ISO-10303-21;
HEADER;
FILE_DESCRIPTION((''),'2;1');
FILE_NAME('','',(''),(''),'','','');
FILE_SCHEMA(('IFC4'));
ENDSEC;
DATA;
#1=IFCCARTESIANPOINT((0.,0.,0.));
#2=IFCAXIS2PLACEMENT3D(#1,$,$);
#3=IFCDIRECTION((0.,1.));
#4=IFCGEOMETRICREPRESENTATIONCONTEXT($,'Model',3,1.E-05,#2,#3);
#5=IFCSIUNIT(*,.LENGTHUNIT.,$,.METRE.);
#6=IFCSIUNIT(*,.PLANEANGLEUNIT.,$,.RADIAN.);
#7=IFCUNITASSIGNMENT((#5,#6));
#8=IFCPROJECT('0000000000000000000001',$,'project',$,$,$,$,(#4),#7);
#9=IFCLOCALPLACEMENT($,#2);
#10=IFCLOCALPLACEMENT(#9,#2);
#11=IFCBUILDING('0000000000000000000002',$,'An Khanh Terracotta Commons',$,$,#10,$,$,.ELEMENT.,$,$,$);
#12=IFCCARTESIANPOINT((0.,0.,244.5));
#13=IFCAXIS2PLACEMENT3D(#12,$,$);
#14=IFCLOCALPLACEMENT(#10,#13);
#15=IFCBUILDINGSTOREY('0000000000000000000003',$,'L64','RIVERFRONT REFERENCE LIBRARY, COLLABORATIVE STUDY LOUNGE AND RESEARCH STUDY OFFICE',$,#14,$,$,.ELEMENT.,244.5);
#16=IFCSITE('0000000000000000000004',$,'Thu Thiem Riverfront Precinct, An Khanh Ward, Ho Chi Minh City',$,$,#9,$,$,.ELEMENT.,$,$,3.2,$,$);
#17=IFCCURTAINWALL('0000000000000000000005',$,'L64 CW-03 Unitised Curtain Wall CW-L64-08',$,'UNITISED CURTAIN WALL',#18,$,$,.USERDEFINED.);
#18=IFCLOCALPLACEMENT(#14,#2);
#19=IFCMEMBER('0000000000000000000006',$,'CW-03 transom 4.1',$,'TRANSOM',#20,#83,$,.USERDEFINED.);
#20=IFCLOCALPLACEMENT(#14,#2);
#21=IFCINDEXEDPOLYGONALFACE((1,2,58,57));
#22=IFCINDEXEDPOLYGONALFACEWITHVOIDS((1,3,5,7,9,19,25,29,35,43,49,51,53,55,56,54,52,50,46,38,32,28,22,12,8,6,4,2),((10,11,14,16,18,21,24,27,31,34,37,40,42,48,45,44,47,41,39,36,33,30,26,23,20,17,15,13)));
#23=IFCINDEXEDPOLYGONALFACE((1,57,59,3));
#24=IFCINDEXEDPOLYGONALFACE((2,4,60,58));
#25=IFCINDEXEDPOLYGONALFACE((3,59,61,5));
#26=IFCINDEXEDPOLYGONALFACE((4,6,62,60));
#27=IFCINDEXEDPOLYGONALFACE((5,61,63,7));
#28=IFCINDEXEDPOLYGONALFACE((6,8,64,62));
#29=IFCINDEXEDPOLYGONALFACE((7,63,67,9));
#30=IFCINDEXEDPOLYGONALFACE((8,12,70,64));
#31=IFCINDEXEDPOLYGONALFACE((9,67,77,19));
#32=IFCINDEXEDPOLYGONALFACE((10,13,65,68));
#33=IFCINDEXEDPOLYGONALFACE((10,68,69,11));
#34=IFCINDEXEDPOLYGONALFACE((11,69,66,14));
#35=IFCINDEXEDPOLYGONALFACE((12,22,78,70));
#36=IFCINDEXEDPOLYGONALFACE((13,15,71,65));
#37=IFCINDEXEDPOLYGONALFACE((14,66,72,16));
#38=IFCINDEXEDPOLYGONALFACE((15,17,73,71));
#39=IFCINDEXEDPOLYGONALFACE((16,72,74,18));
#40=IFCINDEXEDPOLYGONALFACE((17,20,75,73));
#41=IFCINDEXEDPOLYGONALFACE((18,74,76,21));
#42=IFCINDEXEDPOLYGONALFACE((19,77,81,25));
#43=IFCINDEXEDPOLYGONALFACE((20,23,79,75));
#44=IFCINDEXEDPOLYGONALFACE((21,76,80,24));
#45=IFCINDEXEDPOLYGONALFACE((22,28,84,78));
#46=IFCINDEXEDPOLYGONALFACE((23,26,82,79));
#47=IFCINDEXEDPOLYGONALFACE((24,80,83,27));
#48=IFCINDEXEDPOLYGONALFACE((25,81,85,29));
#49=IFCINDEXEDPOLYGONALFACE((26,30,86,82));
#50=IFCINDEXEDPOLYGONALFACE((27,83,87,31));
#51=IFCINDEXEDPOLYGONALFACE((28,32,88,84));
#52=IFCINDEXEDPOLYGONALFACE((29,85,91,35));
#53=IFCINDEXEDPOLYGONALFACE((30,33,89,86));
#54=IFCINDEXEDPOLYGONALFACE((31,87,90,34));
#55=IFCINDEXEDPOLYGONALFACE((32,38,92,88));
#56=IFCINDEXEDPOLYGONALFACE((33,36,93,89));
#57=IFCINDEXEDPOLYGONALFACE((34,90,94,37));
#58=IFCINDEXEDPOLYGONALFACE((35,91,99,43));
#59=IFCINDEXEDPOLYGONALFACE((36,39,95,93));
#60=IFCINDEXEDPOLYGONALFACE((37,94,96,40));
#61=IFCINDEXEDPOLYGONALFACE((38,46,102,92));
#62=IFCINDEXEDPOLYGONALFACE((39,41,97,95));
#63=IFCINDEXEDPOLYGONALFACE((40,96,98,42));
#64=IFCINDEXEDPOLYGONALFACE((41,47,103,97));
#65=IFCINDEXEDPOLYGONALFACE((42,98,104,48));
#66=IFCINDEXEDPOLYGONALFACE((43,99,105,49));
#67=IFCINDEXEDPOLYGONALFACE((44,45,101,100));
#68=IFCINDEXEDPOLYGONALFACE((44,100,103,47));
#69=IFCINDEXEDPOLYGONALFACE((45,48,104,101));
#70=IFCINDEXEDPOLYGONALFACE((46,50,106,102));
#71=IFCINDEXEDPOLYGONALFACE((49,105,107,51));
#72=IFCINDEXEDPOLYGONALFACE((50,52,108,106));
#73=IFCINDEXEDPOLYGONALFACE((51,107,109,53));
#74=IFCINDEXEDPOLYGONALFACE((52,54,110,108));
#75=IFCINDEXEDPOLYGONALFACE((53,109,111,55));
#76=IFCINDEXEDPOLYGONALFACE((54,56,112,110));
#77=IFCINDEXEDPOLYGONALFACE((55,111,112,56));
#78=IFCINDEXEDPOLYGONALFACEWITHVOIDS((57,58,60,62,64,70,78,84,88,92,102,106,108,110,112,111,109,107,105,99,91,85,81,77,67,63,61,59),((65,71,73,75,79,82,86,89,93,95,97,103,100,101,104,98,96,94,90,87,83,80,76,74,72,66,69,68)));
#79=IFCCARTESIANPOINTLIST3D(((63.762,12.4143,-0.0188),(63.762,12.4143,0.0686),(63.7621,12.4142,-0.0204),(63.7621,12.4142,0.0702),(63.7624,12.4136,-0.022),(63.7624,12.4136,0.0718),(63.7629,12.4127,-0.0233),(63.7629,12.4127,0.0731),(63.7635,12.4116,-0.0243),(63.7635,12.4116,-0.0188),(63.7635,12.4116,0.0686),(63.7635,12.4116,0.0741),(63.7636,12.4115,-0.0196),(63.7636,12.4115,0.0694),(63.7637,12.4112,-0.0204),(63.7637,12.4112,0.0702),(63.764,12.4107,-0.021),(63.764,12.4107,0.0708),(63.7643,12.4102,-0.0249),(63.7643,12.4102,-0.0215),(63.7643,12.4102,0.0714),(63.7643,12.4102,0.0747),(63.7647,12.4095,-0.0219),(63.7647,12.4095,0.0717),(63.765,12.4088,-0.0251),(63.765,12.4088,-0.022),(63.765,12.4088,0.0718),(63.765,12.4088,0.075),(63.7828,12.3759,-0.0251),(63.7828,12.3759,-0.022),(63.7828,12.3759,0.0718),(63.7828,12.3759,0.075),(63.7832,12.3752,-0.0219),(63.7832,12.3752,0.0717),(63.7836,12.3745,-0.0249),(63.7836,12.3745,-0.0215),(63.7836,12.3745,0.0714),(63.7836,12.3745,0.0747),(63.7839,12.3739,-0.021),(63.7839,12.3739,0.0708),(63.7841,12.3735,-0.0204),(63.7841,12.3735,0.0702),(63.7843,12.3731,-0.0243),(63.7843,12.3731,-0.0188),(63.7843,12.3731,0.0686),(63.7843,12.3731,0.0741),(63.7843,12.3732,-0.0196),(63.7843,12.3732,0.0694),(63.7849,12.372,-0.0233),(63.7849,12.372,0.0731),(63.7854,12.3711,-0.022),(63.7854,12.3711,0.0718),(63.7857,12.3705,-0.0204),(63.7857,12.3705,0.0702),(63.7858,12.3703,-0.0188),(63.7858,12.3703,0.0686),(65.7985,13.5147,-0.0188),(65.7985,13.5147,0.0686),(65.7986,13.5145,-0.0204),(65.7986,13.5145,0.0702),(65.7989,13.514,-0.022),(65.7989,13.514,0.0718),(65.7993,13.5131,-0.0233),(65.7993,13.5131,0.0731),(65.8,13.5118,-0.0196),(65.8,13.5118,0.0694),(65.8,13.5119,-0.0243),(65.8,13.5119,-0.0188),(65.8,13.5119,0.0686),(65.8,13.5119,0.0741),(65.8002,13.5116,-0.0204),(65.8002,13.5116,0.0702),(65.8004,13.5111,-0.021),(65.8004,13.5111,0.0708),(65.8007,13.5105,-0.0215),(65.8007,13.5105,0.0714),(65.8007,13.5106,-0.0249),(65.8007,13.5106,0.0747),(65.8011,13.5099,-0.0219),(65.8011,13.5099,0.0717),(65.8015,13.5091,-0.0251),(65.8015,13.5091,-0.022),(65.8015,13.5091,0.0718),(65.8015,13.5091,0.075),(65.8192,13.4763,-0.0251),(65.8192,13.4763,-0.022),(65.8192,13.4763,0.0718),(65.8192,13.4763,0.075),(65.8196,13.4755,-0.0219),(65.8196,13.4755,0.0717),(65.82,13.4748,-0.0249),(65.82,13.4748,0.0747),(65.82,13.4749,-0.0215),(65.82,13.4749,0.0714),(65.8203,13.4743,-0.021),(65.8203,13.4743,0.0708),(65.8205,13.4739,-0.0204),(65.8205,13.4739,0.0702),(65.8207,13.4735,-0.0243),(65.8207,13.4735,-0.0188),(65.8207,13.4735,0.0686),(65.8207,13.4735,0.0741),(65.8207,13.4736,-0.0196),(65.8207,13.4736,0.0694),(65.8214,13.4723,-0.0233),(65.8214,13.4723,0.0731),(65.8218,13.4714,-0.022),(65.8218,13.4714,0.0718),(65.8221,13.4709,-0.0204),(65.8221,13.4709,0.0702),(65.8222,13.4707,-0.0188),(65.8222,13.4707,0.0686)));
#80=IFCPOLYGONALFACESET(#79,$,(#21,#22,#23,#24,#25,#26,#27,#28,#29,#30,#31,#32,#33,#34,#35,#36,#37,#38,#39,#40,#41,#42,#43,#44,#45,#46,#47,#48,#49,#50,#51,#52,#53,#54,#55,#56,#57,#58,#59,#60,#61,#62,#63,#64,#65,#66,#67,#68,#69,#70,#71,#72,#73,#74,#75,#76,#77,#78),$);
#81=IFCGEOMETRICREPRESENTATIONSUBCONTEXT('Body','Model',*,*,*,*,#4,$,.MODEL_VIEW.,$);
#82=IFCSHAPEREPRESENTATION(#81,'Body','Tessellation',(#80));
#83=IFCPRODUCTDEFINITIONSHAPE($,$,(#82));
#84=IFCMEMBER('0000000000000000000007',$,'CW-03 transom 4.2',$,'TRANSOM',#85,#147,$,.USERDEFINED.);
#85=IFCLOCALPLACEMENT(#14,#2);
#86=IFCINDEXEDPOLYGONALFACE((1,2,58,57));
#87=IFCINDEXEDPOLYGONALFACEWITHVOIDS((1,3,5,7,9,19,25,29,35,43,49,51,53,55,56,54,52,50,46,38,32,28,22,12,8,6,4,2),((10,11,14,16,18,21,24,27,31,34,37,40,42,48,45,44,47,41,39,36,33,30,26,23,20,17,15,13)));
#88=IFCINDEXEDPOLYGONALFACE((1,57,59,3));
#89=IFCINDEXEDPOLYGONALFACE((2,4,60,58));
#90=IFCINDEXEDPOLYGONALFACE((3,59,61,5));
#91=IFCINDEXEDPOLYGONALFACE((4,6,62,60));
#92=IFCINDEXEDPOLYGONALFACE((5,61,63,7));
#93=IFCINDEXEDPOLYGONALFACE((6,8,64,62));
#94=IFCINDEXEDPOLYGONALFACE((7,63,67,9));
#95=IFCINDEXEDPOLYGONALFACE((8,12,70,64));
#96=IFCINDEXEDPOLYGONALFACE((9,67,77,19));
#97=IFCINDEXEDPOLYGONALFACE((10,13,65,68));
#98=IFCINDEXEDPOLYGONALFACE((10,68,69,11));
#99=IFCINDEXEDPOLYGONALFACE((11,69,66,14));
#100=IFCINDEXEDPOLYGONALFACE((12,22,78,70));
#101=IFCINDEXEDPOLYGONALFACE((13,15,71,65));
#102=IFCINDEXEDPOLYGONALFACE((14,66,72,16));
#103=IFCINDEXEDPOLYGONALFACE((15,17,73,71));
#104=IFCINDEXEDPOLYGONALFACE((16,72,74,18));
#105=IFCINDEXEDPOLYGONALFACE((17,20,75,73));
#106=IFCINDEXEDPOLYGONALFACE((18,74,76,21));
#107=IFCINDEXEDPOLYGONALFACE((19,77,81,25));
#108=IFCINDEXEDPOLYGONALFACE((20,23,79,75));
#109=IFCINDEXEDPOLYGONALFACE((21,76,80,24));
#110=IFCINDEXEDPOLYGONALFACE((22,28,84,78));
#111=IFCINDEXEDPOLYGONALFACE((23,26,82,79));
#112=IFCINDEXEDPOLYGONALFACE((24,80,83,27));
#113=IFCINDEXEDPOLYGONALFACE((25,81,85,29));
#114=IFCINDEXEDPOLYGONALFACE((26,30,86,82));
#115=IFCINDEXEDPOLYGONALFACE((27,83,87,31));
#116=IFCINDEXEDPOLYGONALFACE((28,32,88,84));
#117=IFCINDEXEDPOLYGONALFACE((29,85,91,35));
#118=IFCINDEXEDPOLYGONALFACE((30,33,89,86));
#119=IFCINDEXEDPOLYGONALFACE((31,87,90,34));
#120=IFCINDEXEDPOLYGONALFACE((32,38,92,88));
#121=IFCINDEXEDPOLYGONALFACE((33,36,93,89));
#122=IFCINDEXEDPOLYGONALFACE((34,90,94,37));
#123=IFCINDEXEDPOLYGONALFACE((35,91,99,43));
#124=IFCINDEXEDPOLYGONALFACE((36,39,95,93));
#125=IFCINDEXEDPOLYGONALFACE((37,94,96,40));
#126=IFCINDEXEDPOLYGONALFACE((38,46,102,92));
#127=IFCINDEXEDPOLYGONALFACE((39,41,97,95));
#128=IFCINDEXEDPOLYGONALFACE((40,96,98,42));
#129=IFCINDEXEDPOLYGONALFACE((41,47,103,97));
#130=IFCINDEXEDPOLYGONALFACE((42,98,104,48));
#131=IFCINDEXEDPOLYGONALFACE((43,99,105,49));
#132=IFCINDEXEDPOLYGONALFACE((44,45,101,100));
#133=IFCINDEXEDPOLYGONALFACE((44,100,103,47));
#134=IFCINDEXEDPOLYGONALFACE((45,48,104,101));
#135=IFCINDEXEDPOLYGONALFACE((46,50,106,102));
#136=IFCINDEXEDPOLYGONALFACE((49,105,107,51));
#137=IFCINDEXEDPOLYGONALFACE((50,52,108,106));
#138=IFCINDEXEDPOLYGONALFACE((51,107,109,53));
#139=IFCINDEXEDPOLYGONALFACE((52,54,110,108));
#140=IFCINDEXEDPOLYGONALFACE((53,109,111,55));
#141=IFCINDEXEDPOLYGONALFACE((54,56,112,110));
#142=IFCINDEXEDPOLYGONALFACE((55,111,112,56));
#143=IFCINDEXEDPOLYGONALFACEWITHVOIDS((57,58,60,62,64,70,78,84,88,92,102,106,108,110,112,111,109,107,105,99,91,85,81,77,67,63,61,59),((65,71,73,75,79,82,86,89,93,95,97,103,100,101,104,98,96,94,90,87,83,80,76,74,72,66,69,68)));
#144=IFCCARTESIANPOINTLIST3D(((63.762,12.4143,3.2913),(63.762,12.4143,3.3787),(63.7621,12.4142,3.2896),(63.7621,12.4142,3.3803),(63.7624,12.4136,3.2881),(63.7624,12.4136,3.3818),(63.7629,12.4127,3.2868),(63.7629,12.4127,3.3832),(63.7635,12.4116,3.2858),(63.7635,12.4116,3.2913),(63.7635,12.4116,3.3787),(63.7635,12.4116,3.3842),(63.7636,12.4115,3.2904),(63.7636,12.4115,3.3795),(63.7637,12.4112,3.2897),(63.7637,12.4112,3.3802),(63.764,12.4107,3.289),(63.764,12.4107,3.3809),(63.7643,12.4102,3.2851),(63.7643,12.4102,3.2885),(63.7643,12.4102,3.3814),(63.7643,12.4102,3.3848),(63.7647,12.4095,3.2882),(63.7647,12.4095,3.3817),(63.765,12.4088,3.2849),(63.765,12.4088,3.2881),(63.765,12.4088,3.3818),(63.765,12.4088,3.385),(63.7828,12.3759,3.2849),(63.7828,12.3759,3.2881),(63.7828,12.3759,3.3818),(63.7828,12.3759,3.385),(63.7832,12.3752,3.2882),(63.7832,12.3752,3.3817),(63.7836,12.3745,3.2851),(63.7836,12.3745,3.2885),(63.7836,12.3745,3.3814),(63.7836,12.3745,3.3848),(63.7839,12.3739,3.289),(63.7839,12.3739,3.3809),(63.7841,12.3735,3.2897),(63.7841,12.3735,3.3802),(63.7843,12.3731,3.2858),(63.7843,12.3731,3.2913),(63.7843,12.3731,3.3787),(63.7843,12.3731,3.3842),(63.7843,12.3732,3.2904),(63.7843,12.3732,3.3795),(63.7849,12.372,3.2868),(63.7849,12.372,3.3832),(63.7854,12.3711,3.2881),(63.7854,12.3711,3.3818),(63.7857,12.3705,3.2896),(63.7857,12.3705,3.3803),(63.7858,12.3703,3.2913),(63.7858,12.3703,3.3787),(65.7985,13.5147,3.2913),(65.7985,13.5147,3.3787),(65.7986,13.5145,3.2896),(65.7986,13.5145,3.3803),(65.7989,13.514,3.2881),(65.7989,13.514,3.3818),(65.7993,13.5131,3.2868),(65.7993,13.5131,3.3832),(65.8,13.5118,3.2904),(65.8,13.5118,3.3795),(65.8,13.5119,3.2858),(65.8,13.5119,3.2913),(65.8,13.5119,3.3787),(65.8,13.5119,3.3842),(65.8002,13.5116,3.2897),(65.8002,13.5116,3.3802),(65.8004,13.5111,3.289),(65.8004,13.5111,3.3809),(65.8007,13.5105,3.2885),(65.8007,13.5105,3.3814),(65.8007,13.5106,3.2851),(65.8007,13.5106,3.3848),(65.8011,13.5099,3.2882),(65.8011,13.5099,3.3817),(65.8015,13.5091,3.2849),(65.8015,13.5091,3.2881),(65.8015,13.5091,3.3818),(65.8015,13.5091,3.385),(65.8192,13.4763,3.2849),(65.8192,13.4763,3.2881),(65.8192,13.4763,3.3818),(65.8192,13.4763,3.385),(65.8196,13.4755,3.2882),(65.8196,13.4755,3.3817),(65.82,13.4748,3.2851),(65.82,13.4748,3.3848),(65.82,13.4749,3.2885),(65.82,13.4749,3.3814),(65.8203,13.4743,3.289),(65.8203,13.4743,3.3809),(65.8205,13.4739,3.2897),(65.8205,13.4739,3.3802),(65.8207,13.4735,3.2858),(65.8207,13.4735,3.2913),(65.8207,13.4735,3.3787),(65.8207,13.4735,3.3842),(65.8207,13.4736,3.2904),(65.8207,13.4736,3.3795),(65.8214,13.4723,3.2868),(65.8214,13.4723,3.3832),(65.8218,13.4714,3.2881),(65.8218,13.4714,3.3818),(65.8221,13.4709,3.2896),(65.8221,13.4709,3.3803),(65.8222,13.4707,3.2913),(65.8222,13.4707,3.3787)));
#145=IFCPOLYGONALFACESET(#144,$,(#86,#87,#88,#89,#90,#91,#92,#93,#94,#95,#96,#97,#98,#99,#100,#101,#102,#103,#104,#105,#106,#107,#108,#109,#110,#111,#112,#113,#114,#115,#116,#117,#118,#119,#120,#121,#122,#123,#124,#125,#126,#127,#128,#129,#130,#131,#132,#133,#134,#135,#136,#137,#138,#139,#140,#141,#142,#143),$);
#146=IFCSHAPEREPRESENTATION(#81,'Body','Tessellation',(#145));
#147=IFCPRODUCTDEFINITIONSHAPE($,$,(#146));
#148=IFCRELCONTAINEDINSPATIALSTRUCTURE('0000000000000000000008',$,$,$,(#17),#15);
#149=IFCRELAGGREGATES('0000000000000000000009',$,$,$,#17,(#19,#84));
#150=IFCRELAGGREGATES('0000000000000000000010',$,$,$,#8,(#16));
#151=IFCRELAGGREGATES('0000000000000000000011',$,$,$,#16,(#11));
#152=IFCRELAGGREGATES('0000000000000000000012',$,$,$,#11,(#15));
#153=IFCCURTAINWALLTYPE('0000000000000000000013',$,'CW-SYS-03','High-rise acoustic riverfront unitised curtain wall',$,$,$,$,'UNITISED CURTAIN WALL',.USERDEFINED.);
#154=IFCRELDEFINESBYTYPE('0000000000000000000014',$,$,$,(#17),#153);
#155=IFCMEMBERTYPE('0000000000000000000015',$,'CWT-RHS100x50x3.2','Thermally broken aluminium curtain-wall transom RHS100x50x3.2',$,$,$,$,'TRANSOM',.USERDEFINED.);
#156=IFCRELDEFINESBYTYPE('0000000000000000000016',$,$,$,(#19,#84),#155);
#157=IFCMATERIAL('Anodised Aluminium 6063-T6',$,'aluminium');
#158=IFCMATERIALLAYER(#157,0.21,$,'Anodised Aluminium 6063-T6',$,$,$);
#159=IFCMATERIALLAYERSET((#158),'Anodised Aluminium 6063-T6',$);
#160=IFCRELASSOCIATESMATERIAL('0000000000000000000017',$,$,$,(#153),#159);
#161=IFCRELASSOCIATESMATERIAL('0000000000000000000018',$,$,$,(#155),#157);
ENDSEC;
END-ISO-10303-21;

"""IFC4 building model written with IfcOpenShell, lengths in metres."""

from ifc_helpers import new_model, si_unit, direction, frame, origin, origin_2d, place, context, subcontext, project, spatial, hollow_rectangle, extrude, material, layer, layer_set, material_profile, profile_set, type_object, element, aggregate, save


model = new_model("IFC4")

# Units and contexts
model_context = context("Model", 3, precision=1e-05, world=origin(), true_north=direction((0.0, 1.0)))
body_context = subcontext(model_context, "Body", "Model", "MODEL_VIEW")
ifc_project = project(units=[si_unit("LENGTHUNIT", "METRE"), si_unit("PLANEANGLEUNIT", "RADIAN")], contexts=[model_context])

# Site, building, storey
site_placement = place(None, origin())
site = spatial("IfcSite", under=ifc_project, at=site_placement, Name="Thu Thiem Riverfront Precinct, An Khanh Ward, Ho Chi Minh City", CompositionType="ELEMENT", RefElevation=3.2)
building_placement = place(site_placement, origin())
building = spatial("IfcBuilding", under=site, at=building_placement, Name="An Khanh Terracotta Commons", CompositionType="ELEMENT")
storey_placement = place(building_placement, frame((0.0, 0.0, 244.5)))
storey = spatial("IfcBuildingStorey", under=building, at=storey_placement, Name="L64", Description="RIVERFRONT REFERENCE LIBRARY, COLLABORATIVE STUDY LOUNGE AND RESEARCH STUDY OFFICE", CompositionType="ELEMENT", Elevation=244.5)

# Curtain wall
ifc_material_1 = material(Name="Anodised Aluminium 6063-T6", Category="aluminium")
ifc_layer_1 = layer(ifc_material_1, 0.21, Name="Anodised Aluminium 6063-T6")
ifc_layer_set_1 = layer_set([ifc_layer_1], Name="Anodised Aluminium 6063-T6")
curtain_wall_type = type_object("IfcCurtainWallType", Name="CW-SYS-03", Description="High-rise acoustic riverfront unitised curtain wall", ElementType="UNITISED CURTAIN WALL", PredefinedType="USERDEFINED", material=ifc_layer_set_1)
curtain_wall_1_placement = place(storey_placement, origin())
curtain_wall_1 = element("IfcCurtainWall", 1, at=curtain_wall_1_placement, inside=storey, type_object=curtain_wall_type, Name="L64 CW-03 Unitised Curtain Wall CW-L64-08", ObjectType="UNITISED CURTAIN WALL", PredefinedType="USERDEFINED")

# Members
ifc_material_profile_1 = material_profile(ifc_material_1, hollow_rectangle(XDim=0.05, YDim=0.1001, WallThickness=0.0032, InnerFilletRadius=0.0032, OuterFilletRadius=0.0063, at=origin_2d()), Name="RHS100x50x3.2")
ifc_profile_set_1 = profile_set([ifc_material_profile_1], Name="Anodised Aluminium 6063-T6")
member_type_1 = type_object("IfcMemberType", Name="CWT-RHS100x50x3.2", Description="Thermally broken aluminium curtain-wall transom RHS100x50x3.2", ElementType="TRANSOM", PredefinedType="USERDEFINED", material=ifc_profile_set_1)
member_1_placement = place(storey_placement, frame((63.7739, 12.3923, 0.0249), z_axis=(0.879779, 0.475382, 0.0), x_axis=(-0.475382, 0.879779, 0.0)))
member_1 = element("IfcMember", 2, at=member_1_placement, type_object=member_type_1, Name="CW-03 transom 4.1", ObjectType="TRANSOM", PredefinedType="USERDEFINED", context=body_context, shape_type="SweptSolid", body=[
    extrude(hollow_rectangle(XDim=0.05, YDim=0.1001, WallThickness=0.0032, InnerFilletRadius=0.0032, OuterFilletRadius=0.0063, at=origin_2d()), origin(), (0.0, 0.0, 1.0), 2.3147),
])
member_2_placement = place(storey_placement, frame((63.7739, 12.3923, 3.335), z_axis=(0.879779, 0.475382, 0.0), x_axis=(-0.475382, 0.879779, 0.0)))
member_2 = element("IfcMember", 3, at=member_2_placement, type_object=member_type_1, Name="CW-03 transom 4.2", ObjectType="TRANSOM", PredefinedType="USERDEFINED", context=body_context, shape_type="SweptSolid", body=[
    extrude(hollow_rectangle(XDim=0.05, YDim=0.1001, WallThickness=0.0032, InnerFilletRadius=0.0032, OuterFilletRadius=0.0063, at=origin_2d()), origin(), (0.0, 0.0, 1.0), 2.3147),
])

aggregate(curtain_wall_1, [member_1, member_2])

save(model, "model.ifc")
